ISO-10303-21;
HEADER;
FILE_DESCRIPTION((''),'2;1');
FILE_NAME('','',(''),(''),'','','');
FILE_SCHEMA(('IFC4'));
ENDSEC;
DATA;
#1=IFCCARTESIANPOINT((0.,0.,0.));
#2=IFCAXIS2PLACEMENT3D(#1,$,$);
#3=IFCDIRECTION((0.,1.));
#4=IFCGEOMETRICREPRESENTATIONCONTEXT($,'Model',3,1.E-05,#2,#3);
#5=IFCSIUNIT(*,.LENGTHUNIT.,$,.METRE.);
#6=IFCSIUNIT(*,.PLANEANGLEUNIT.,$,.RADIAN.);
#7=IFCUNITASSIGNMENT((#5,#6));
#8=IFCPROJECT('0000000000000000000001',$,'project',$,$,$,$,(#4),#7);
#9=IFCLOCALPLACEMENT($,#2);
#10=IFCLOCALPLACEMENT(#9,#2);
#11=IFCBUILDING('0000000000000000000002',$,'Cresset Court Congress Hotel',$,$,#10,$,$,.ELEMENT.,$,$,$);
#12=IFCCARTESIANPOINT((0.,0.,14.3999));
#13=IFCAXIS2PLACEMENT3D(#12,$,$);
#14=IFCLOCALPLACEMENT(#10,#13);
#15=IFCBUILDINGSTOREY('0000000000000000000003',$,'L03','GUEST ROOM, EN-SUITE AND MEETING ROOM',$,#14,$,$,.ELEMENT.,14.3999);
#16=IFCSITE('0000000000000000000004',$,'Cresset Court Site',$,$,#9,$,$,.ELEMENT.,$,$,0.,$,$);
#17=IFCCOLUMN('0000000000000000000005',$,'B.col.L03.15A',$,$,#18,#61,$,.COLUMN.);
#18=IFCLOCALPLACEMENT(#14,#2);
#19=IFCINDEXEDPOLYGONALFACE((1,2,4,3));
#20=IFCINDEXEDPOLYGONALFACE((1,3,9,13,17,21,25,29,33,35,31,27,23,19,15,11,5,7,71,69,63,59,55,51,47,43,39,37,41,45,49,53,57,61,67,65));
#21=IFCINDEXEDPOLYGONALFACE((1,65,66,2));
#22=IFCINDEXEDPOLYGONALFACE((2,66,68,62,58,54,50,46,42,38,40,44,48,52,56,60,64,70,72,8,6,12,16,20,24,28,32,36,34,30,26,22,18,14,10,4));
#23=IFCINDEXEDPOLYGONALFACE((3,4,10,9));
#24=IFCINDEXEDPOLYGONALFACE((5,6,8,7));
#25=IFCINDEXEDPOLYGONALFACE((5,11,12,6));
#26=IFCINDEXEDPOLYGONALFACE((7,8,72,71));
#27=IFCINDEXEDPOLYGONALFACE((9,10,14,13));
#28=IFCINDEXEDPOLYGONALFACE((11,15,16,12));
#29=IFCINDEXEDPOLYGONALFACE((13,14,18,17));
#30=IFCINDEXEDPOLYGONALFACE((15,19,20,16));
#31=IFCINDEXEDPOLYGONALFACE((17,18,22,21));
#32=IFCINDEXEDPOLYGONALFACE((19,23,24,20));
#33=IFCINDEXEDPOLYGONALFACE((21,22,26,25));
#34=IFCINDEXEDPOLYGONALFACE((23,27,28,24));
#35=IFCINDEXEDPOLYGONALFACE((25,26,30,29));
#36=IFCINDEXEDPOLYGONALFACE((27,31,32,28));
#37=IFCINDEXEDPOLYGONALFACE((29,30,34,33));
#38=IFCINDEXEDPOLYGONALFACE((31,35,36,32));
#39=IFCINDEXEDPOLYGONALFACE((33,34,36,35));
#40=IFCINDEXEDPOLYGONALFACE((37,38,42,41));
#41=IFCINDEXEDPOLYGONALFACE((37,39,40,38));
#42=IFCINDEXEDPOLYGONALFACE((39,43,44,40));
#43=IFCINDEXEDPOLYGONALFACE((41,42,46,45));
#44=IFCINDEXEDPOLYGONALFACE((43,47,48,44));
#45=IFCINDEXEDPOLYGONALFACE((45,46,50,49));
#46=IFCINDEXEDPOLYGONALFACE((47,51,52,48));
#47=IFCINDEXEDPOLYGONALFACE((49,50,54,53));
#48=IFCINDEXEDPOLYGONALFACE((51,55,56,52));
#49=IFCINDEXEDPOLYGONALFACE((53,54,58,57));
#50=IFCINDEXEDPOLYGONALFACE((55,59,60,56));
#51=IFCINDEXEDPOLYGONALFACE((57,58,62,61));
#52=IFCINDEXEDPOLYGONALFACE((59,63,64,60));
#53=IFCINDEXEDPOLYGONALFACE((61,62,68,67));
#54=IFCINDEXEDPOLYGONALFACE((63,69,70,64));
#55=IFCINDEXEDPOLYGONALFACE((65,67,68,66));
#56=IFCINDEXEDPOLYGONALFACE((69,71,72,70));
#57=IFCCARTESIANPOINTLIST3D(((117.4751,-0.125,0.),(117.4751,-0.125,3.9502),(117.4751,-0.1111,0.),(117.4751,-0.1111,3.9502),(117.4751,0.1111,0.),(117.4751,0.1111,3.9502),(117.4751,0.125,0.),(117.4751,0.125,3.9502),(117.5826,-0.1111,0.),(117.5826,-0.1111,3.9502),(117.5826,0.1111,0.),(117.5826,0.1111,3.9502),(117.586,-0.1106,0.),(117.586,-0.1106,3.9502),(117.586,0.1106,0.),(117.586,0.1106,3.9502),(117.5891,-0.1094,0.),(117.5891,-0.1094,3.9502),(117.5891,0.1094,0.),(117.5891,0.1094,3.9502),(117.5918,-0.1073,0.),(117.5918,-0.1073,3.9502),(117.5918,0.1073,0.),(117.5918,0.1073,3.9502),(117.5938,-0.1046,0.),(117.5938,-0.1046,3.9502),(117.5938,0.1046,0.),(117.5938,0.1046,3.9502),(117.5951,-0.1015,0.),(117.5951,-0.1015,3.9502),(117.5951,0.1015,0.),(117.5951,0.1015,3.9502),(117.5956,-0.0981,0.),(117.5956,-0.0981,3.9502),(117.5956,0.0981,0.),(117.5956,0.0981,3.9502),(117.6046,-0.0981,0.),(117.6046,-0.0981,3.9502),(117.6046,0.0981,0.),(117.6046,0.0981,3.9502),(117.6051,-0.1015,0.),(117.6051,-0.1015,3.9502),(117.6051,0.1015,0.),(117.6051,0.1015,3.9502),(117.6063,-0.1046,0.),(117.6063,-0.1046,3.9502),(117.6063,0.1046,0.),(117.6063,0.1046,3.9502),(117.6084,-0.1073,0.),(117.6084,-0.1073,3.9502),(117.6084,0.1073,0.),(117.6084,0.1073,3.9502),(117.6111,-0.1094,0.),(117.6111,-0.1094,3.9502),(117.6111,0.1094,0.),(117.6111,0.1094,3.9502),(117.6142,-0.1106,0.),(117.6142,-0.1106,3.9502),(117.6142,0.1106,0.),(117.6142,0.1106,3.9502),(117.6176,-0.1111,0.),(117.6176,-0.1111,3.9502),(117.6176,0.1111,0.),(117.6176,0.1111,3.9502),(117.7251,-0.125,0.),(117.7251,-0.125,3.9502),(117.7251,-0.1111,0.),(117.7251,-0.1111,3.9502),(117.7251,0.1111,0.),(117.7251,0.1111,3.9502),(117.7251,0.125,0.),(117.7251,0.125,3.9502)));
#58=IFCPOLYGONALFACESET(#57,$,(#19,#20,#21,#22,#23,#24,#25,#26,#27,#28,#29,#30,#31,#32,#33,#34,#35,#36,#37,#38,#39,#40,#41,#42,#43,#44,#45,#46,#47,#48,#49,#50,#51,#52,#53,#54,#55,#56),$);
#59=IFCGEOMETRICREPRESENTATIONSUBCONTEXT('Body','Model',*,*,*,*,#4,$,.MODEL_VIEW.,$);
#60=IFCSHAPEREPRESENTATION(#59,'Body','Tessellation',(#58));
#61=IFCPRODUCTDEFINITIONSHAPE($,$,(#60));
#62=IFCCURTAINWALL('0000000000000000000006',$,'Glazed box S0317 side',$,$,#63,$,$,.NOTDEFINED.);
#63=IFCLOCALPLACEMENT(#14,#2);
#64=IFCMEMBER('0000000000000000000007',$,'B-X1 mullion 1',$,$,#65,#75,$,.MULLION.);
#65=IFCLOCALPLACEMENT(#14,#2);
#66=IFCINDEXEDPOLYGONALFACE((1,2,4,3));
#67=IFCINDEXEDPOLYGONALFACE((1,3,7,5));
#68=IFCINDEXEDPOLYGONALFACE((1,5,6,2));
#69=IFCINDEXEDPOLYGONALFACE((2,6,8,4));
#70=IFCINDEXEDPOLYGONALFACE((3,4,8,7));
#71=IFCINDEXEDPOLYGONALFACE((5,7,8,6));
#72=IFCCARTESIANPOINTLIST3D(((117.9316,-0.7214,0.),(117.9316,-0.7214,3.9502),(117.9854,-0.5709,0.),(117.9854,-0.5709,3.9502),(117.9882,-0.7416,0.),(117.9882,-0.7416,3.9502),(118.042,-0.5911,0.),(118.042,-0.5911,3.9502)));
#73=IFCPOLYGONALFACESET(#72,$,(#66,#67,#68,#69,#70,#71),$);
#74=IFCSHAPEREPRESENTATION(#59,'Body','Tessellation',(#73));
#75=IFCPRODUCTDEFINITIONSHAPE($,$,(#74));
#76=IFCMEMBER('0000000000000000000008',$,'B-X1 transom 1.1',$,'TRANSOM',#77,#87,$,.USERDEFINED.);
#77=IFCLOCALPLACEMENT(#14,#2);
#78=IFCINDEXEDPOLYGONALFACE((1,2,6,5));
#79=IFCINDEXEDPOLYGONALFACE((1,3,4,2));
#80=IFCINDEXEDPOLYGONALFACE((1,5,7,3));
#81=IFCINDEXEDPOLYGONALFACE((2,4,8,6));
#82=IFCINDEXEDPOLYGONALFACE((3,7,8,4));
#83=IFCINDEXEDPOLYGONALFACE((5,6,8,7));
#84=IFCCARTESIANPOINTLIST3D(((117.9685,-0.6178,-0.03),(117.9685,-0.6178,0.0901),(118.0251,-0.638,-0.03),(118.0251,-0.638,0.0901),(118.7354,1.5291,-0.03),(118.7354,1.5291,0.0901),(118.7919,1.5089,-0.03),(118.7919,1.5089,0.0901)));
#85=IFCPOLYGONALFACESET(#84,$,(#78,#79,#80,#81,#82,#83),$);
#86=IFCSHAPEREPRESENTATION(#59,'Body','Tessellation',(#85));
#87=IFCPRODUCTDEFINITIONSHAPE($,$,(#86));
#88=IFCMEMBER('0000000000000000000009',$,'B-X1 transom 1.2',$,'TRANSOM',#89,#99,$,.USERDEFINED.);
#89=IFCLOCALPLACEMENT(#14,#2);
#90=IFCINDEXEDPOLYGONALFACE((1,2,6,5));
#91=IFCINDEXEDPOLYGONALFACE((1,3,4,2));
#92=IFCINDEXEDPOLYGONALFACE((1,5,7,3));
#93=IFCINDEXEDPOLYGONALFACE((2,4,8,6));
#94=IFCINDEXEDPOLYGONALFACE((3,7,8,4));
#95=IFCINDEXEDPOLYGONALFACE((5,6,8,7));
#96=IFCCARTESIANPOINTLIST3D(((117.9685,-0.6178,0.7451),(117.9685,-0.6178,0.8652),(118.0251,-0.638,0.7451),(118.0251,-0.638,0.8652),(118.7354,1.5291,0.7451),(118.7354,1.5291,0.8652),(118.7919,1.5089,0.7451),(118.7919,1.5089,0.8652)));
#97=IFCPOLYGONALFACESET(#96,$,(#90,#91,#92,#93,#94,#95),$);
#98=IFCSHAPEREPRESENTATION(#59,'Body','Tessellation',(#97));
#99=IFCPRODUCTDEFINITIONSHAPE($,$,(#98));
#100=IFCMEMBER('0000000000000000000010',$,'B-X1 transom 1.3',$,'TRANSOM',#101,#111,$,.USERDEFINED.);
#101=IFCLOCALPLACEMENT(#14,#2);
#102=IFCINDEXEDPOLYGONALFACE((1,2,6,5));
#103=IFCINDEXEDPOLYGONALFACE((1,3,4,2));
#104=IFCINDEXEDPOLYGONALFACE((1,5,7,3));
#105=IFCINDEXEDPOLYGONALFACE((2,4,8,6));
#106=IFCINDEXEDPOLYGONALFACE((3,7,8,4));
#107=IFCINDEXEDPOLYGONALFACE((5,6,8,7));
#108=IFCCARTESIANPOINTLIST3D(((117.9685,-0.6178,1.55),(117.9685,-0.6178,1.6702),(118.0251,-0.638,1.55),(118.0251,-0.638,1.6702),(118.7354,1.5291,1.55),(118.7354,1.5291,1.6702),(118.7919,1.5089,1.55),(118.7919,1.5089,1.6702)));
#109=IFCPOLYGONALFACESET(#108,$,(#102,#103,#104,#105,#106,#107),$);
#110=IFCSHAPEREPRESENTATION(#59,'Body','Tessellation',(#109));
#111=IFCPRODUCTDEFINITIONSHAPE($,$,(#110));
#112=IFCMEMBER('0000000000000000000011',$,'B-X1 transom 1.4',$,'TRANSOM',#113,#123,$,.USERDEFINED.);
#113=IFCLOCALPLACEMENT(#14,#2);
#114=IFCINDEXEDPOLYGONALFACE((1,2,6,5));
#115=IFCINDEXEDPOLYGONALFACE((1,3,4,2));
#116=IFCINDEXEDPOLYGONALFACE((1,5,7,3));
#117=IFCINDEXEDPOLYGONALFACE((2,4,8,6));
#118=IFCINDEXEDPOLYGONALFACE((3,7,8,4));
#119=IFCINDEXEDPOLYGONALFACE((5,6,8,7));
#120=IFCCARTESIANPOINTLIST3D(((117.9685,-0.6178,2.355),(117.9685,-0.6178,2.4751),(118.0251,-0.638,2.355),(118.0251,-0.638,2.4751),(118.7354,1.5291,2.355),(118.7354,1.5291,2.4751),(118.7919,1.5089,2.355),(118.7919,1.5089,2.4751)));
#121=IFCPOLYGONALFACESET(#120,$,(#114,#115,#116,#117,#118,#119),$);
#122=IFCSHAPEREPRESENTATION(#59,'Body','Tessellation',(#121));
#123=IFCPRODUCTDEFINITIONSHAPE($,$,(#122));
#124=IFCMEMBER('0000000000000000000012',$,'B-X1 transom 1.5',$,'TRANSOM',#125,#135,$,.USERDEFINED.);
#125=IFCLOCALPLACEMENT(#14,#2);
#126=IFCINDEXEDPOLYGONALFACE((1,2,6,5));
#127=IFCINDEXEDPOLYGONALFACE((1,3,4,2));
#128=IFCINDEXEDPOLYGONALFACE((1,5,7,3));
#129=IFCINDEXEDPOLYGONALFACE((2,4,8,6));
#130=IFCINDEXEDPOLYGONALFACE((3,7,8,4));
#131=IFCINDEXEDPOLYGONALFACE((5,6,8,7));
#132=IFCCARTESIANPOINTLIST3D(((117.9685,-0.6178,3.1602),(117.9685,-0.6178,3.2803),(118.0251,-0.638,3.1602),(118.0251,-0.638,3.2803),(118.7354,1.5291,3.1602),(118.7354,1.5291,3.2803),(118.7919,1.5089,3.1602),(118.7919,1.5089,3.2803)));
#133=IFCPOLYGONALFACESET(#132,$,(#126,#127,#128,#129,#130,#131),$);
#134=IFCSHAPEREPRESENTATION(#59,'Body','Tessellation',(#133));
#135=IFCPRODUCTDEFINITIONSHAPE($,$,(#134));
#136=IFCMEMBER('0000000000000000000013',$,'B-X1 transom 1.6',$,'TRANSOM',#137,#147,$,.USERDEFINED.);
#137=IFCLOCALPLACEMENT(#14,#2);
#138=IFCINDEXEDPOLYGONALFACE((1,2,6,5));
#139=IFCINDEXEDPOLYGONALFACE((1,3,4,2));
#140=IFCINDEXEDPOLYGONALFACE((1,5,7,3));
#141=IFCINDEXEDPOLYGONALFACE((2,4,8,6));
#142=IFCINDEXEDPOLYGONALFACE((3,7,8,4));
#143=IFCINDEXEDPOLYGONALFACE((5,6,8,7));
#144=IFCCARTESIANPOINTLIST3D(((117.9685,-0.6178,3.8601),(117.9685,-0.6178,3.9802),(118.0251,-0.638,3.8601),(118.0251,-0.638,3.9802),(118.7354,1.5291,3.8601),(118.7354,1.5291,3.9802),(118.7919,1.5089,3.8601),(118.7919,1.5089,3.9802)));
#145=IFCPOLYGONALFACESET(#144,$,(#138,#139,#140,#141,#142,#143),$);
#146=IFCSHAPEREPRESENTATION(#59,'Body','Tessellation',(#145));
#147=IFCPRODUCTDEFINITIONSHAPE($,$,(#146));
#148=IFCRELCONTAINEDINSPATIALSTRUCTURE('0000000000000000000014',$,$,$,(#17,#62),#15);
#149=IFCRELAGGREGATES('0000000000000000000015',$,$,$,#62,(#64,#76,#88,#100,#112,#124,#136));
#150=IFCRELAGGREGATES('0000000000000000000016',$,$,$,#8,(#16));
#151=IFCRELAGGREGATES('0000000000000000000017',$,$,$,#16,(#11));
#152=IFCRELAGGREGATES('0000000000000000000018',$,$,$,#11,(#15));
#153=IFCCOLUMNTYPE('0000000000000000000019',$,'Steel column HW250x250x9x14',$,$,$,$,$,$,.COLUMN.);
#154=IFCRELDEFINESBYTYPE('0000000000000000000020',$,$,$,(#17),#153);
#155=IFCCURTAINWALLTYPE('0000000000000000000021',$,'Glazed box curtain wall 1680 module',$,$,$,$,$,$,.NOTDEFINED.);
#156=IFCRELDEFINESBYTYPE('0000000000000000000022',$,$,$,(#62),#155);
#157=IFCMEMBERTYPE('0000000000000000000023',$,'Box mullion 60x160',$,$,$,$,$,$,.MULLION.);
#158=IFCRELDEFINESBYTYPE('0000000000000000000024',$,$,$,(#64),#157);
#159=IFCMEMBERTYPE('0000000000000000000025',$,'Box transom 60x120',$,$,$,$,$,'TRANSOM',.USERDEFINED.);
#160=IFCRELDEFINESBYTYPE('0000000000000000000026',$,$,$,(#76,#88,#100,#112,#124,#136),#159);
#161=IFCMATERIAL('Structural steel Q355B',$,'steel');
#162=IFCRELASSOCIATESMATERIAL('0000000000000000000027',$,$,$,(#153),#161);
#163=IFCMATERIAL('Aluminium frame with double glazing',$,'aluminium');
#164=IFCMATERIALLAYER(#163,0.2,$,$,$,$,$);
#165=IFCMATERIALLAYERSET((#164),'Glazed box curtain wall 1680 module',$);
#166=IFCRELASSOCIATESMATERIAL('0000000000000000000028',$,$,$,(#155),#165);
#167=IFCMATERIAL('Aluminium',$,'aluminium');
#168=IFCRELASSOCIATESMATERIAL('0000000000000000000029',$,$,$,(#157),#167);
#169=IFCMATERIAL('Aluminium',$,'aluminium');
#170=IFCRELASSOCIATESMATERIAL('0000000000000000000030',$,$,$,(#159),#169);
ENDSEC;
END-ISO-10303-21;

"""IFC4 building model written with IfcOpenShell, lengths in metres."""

from ifc_helpers import new_model, si_unit, direction, frame, origin, origin_2d, place, context, subcontext, project, spatial, rectangle, i_section, extrude, material, layer, layer_set, material_profile, profile_set, type_object, element, aggregate, save


model = new_model("IFC4")

# Units and contexts
model_context = context("Model", 3, precision=1e-05, world=origin(), true_north=direction((0.0, 1.0)))
body_context = subcontext(model_context, "Body", "Model", "MODEL_VIEW")
ifc_project = project(units=[si_unit("LENGTHUNIT", "METRE"), si_unit("PLANEANGLEUNIT", "RADIAN")], contexts=[model_context])

# Site, building, storey
site_placement = place(None, origin())
site = spatial("IfcSite", under=ifc_project, at=site_placement, Name="Cresset Court Site", CompositionType="ELEMENT", RefElevation=0.0)
building_placement = place(site_placement, origin())
building = spatial("IfcBuilding", under=site, at=building_placement, Name="Cresset Court Congress Hotel", CompositionType="ELEMENT")
storey_placement = place(building_placement, frame((0.0, 0.0, 14.3999)))
storey = spatial("IfcBuildingStorey", under=building, at=storey_placement, Name="L03", Description="GUEST ROOM, EN-SUITE AND MEETING ROOM", CompositionType="ELEMENT", Elevation=14.3999)

# Column
ifc_material_1 = material(Name="Structural steel Q355B", Category="steel")
ifc_material_profile_1 = material_profile(ifc_material_1, i_section(OverallWidth=0.25, OverallDepth=0.25, WebThickness=0.009, FlangeThickness=0.0139, FilletRadius=0.0129, at=origin_2d()), Name="HW250x250x9x14")
ifc_profile_set_1 = profile_set([ifc_material_profile_1], Name="Structural steel Q355B")
column_type = type_object("IfcColumnType", Name="Steel column HW250x250x9x14", PredefinedType="COLUMN", material=ifc_profile_set_1)
column_placement = place(storey_placement, frame((117.6001, 0.0, 0.0), z_axis=(0.0, 0.0, 1.0), x_axis=(1.0, 0.0, 0.0)))
element("IfcColumn", 1, at=column_placement, inside=storey, type_object=column_type, Name="B.col.L03.15A", PredefinedType="COLUMN", context=body_context, shape_type="SweptSolid", body=[
    extrude(i_section(OverallWidth=0.25, OverallDepth=0.25, WebThickness=0.009, FlangeThickness=0.0139, FilletRadius=0.0129, at=origin_2d()), origin(), (0.0, 0.0, 1.0), 3.9502),
])

# Curtain wall, members
ifc_material_2 = material(Name="Aluminium frame with double glazing", Category="aluminium")
ifc_layer_1 = layer(ifc_material_2, 0.2)
ifc_layer_set_1 = layer_set([ifc_layer_1], Name="Glazed box curtain wall 1680 module")
curtain_wall_type = type_object("IfcCurtainWallType", Name="Glazed box curtain wall 1680 module", PredefinedType="NOTDEFINED", material=ifc_layer_set_1)
curtain_wall_placement = place(storey_placement, origin())
curtain_wall = element("IfcCurtainWall", 2, at=curtain_wall_placement, inside=storey, type_object=curtain_wall_type, Name="Glazed box S0317 side", PredefinedType="NOTDEFINED")
ifc_material_3 = material(Name="Aluminium", Category="aluminium")
ifc_material_profile_2 = material_profile(ifc_material_3, rectangle(XDim=0.0601, YDim=0.1599, at=origin_2d()), Name="Box mullion 60x160")
ifc_profile_set_2 = profile_set([ifc_material_profile_2], Name="Aluminium")
member_type_1 = type_object("IfcMemberType", Name="Box mullion 60x160", PredefinedType="MULLION", material=ifc_profile_set_2)
member_1_placement = place(storey_placement, frame((117.9868, -0.6562, 0.0), z_axis=(0.0, 0.0, 1.0), x_axis=(-0.941742, 0.336336, 0.0)))
member_1 = element("IfcMember", 3, at=member_1_placement, type_object=member_type_1, Name="B-X1 mullion 1", PredefinedType="MULLION", context=body_context, shape_type="SweptSolid", body=[
    extrude(rectangle(XDim=0.0601, YDim=0.1599, at=origin_2d()), origin(), (0.0, 0.0, 1.0), 3.9502),
])
ifc_material_4 = material(Name="Aluminium", Category="aluminium")
ifc_material_profile_3 = material_profile(ifc_material_4, rectangle(XDim=0.0601, YDim=0.1201, at=origin_2d()), Name="Box transom 60x120")
ifc_profile_set_3 = profile_set([ifc_material_profile_3], Name="Aluminium")
member_type_2 = type_object("IfcMemberType", Name="Box transom 60x120", ElementType="TRANSOM", PredefinedType="USERDEFINED", material=ifc_profile_set_3)
member_2_placement = place(storey_placement, frame((117.9968, -0.6279, 0.03), z_axis=(0.336364, 0.941732, 0.0), x_axis=(-0.941732, 0.336364, 0.0)))
member_2 = element("IfcMember", 4, at=member_2_placement, type_object=member_type_2, Name="B-X1 transom 1.1", ObjectType="TRANSOM", PredefinedType="USERDEFINED", context=body_context, shape_type="SweptSolid", body=[
    extrude(rectangle(XDim=0.0601, YDim=0.1201, at=origin_2d()), origin(), (0.0, 0.0, 1.0), 2.2798),
])
member_3_placement = place(storey_placement, frame((117.9968, -0.6279, 0.8052), z_axis=(0.336364, 0.941732, 0.0), x_axis=(-0.941732, 0.336364, 0.0)))
member_3 = element("IfcMember", 5, at=member_3_placement, type_object=member_type_2, Name="B-X1 transom 1.2", ObjectType="TRANSOM", PredefinedType="USERDEFINED", context=body_context, shape_type="SweptSolid", body=[
    extrude(rectangle(XDim=0.0601, YDim=0.1201, at=origin_2d()), origin(), (0.0, 0.0, 1.0), 2.2798),
])
member_4_placement = place(storey_placement, frame((117.9968, -0.6279, 1.6101), z_axis=(0.336364, 0.941732, 0.0), x_axis=(-0.941732, 0.336364, 0.0)))
member_4 = element("IfcMember", 6, at=member_4_placement, type_object=member_type_2, Name="B-X1 transom 1.3", ObjectType="TRANSOM", PredefinedType="USERDEFINED", context=body_context, shape_type="SweptSolid", body=[
    extrude(rectangle(XDim=0.0601, YDim=0.1201, at=origin_2d()), origin(), (0.0, 0.0, 1.0), 2.2798),
])
member_5_placement = place(storey_placement, frame((117.9968, -0.6279, 2.415), z_axis=(0.336364, 0.941732, 0.0), x_axis=(-0.941732, 0.336364, 0.0)))
member_5 = element("IfcMember", 7, at=member_5_placement, type_object=member_type_2, Name="B-X1 transom 1.4", ObjectType="TRANSOM", PredefinedType="USERDEFINED", context=body_context, shape_type="SweptSolid", body=[
    extrude(rectangle(XDim=0.0601, YDim=0.1201, at=origin_2d()), origin(), (0.0, 0.0, 1.0), 2.2798),
])
member_6_placement = place(storey_placement, frame((117.9968, -0.6279, 3.2202), z_axis=(0.336364, 0.941732, 0.0), x_axis=(-0.941732, 0.336364, 0.0)))
member_6 = element("IfcMember", 8, at=member_6_placement, type_object=member_type_2, Name="B-X1 transom 1.5", ObjectType="TRANSOM", PredefinedType="USERDEFINED", context=body_context, shape_type="SweptSolid", body=[
    extrude(rectangle(XDim=0.0601, YDim=0.1201, at=origin_2d()), origin(), (0.0, 0.0, 1.0), 2.2798),
])
member_7_placement = place(storey_placement, frame((117.9968, -0.6279, 3.9202), z_axis=(0.336364, 0.941732, 0.0), x_axis=(-0.941732, 0.336364, 0.0)))
member_7 = element("IfcMember", 9, at=member_7_placement, type_object=member_type_2, Name="B-X1 transom 1.6", ObjectType="TRANSOM", PredefinedType="USERDEFINED", context=body_context, shape_type="SweptSolid", body=[
    extrude(rectangle(XDim=0.0601, YDim=0.1201, at=origin_2d()), origin(), (0.0, 0.0, 1.0), 2.2798),
])
aggregate(curtain_wall, [member_1, member_2, member_3, member_4, member_5, member_6, member_7])

save(model, "model.ifc")
